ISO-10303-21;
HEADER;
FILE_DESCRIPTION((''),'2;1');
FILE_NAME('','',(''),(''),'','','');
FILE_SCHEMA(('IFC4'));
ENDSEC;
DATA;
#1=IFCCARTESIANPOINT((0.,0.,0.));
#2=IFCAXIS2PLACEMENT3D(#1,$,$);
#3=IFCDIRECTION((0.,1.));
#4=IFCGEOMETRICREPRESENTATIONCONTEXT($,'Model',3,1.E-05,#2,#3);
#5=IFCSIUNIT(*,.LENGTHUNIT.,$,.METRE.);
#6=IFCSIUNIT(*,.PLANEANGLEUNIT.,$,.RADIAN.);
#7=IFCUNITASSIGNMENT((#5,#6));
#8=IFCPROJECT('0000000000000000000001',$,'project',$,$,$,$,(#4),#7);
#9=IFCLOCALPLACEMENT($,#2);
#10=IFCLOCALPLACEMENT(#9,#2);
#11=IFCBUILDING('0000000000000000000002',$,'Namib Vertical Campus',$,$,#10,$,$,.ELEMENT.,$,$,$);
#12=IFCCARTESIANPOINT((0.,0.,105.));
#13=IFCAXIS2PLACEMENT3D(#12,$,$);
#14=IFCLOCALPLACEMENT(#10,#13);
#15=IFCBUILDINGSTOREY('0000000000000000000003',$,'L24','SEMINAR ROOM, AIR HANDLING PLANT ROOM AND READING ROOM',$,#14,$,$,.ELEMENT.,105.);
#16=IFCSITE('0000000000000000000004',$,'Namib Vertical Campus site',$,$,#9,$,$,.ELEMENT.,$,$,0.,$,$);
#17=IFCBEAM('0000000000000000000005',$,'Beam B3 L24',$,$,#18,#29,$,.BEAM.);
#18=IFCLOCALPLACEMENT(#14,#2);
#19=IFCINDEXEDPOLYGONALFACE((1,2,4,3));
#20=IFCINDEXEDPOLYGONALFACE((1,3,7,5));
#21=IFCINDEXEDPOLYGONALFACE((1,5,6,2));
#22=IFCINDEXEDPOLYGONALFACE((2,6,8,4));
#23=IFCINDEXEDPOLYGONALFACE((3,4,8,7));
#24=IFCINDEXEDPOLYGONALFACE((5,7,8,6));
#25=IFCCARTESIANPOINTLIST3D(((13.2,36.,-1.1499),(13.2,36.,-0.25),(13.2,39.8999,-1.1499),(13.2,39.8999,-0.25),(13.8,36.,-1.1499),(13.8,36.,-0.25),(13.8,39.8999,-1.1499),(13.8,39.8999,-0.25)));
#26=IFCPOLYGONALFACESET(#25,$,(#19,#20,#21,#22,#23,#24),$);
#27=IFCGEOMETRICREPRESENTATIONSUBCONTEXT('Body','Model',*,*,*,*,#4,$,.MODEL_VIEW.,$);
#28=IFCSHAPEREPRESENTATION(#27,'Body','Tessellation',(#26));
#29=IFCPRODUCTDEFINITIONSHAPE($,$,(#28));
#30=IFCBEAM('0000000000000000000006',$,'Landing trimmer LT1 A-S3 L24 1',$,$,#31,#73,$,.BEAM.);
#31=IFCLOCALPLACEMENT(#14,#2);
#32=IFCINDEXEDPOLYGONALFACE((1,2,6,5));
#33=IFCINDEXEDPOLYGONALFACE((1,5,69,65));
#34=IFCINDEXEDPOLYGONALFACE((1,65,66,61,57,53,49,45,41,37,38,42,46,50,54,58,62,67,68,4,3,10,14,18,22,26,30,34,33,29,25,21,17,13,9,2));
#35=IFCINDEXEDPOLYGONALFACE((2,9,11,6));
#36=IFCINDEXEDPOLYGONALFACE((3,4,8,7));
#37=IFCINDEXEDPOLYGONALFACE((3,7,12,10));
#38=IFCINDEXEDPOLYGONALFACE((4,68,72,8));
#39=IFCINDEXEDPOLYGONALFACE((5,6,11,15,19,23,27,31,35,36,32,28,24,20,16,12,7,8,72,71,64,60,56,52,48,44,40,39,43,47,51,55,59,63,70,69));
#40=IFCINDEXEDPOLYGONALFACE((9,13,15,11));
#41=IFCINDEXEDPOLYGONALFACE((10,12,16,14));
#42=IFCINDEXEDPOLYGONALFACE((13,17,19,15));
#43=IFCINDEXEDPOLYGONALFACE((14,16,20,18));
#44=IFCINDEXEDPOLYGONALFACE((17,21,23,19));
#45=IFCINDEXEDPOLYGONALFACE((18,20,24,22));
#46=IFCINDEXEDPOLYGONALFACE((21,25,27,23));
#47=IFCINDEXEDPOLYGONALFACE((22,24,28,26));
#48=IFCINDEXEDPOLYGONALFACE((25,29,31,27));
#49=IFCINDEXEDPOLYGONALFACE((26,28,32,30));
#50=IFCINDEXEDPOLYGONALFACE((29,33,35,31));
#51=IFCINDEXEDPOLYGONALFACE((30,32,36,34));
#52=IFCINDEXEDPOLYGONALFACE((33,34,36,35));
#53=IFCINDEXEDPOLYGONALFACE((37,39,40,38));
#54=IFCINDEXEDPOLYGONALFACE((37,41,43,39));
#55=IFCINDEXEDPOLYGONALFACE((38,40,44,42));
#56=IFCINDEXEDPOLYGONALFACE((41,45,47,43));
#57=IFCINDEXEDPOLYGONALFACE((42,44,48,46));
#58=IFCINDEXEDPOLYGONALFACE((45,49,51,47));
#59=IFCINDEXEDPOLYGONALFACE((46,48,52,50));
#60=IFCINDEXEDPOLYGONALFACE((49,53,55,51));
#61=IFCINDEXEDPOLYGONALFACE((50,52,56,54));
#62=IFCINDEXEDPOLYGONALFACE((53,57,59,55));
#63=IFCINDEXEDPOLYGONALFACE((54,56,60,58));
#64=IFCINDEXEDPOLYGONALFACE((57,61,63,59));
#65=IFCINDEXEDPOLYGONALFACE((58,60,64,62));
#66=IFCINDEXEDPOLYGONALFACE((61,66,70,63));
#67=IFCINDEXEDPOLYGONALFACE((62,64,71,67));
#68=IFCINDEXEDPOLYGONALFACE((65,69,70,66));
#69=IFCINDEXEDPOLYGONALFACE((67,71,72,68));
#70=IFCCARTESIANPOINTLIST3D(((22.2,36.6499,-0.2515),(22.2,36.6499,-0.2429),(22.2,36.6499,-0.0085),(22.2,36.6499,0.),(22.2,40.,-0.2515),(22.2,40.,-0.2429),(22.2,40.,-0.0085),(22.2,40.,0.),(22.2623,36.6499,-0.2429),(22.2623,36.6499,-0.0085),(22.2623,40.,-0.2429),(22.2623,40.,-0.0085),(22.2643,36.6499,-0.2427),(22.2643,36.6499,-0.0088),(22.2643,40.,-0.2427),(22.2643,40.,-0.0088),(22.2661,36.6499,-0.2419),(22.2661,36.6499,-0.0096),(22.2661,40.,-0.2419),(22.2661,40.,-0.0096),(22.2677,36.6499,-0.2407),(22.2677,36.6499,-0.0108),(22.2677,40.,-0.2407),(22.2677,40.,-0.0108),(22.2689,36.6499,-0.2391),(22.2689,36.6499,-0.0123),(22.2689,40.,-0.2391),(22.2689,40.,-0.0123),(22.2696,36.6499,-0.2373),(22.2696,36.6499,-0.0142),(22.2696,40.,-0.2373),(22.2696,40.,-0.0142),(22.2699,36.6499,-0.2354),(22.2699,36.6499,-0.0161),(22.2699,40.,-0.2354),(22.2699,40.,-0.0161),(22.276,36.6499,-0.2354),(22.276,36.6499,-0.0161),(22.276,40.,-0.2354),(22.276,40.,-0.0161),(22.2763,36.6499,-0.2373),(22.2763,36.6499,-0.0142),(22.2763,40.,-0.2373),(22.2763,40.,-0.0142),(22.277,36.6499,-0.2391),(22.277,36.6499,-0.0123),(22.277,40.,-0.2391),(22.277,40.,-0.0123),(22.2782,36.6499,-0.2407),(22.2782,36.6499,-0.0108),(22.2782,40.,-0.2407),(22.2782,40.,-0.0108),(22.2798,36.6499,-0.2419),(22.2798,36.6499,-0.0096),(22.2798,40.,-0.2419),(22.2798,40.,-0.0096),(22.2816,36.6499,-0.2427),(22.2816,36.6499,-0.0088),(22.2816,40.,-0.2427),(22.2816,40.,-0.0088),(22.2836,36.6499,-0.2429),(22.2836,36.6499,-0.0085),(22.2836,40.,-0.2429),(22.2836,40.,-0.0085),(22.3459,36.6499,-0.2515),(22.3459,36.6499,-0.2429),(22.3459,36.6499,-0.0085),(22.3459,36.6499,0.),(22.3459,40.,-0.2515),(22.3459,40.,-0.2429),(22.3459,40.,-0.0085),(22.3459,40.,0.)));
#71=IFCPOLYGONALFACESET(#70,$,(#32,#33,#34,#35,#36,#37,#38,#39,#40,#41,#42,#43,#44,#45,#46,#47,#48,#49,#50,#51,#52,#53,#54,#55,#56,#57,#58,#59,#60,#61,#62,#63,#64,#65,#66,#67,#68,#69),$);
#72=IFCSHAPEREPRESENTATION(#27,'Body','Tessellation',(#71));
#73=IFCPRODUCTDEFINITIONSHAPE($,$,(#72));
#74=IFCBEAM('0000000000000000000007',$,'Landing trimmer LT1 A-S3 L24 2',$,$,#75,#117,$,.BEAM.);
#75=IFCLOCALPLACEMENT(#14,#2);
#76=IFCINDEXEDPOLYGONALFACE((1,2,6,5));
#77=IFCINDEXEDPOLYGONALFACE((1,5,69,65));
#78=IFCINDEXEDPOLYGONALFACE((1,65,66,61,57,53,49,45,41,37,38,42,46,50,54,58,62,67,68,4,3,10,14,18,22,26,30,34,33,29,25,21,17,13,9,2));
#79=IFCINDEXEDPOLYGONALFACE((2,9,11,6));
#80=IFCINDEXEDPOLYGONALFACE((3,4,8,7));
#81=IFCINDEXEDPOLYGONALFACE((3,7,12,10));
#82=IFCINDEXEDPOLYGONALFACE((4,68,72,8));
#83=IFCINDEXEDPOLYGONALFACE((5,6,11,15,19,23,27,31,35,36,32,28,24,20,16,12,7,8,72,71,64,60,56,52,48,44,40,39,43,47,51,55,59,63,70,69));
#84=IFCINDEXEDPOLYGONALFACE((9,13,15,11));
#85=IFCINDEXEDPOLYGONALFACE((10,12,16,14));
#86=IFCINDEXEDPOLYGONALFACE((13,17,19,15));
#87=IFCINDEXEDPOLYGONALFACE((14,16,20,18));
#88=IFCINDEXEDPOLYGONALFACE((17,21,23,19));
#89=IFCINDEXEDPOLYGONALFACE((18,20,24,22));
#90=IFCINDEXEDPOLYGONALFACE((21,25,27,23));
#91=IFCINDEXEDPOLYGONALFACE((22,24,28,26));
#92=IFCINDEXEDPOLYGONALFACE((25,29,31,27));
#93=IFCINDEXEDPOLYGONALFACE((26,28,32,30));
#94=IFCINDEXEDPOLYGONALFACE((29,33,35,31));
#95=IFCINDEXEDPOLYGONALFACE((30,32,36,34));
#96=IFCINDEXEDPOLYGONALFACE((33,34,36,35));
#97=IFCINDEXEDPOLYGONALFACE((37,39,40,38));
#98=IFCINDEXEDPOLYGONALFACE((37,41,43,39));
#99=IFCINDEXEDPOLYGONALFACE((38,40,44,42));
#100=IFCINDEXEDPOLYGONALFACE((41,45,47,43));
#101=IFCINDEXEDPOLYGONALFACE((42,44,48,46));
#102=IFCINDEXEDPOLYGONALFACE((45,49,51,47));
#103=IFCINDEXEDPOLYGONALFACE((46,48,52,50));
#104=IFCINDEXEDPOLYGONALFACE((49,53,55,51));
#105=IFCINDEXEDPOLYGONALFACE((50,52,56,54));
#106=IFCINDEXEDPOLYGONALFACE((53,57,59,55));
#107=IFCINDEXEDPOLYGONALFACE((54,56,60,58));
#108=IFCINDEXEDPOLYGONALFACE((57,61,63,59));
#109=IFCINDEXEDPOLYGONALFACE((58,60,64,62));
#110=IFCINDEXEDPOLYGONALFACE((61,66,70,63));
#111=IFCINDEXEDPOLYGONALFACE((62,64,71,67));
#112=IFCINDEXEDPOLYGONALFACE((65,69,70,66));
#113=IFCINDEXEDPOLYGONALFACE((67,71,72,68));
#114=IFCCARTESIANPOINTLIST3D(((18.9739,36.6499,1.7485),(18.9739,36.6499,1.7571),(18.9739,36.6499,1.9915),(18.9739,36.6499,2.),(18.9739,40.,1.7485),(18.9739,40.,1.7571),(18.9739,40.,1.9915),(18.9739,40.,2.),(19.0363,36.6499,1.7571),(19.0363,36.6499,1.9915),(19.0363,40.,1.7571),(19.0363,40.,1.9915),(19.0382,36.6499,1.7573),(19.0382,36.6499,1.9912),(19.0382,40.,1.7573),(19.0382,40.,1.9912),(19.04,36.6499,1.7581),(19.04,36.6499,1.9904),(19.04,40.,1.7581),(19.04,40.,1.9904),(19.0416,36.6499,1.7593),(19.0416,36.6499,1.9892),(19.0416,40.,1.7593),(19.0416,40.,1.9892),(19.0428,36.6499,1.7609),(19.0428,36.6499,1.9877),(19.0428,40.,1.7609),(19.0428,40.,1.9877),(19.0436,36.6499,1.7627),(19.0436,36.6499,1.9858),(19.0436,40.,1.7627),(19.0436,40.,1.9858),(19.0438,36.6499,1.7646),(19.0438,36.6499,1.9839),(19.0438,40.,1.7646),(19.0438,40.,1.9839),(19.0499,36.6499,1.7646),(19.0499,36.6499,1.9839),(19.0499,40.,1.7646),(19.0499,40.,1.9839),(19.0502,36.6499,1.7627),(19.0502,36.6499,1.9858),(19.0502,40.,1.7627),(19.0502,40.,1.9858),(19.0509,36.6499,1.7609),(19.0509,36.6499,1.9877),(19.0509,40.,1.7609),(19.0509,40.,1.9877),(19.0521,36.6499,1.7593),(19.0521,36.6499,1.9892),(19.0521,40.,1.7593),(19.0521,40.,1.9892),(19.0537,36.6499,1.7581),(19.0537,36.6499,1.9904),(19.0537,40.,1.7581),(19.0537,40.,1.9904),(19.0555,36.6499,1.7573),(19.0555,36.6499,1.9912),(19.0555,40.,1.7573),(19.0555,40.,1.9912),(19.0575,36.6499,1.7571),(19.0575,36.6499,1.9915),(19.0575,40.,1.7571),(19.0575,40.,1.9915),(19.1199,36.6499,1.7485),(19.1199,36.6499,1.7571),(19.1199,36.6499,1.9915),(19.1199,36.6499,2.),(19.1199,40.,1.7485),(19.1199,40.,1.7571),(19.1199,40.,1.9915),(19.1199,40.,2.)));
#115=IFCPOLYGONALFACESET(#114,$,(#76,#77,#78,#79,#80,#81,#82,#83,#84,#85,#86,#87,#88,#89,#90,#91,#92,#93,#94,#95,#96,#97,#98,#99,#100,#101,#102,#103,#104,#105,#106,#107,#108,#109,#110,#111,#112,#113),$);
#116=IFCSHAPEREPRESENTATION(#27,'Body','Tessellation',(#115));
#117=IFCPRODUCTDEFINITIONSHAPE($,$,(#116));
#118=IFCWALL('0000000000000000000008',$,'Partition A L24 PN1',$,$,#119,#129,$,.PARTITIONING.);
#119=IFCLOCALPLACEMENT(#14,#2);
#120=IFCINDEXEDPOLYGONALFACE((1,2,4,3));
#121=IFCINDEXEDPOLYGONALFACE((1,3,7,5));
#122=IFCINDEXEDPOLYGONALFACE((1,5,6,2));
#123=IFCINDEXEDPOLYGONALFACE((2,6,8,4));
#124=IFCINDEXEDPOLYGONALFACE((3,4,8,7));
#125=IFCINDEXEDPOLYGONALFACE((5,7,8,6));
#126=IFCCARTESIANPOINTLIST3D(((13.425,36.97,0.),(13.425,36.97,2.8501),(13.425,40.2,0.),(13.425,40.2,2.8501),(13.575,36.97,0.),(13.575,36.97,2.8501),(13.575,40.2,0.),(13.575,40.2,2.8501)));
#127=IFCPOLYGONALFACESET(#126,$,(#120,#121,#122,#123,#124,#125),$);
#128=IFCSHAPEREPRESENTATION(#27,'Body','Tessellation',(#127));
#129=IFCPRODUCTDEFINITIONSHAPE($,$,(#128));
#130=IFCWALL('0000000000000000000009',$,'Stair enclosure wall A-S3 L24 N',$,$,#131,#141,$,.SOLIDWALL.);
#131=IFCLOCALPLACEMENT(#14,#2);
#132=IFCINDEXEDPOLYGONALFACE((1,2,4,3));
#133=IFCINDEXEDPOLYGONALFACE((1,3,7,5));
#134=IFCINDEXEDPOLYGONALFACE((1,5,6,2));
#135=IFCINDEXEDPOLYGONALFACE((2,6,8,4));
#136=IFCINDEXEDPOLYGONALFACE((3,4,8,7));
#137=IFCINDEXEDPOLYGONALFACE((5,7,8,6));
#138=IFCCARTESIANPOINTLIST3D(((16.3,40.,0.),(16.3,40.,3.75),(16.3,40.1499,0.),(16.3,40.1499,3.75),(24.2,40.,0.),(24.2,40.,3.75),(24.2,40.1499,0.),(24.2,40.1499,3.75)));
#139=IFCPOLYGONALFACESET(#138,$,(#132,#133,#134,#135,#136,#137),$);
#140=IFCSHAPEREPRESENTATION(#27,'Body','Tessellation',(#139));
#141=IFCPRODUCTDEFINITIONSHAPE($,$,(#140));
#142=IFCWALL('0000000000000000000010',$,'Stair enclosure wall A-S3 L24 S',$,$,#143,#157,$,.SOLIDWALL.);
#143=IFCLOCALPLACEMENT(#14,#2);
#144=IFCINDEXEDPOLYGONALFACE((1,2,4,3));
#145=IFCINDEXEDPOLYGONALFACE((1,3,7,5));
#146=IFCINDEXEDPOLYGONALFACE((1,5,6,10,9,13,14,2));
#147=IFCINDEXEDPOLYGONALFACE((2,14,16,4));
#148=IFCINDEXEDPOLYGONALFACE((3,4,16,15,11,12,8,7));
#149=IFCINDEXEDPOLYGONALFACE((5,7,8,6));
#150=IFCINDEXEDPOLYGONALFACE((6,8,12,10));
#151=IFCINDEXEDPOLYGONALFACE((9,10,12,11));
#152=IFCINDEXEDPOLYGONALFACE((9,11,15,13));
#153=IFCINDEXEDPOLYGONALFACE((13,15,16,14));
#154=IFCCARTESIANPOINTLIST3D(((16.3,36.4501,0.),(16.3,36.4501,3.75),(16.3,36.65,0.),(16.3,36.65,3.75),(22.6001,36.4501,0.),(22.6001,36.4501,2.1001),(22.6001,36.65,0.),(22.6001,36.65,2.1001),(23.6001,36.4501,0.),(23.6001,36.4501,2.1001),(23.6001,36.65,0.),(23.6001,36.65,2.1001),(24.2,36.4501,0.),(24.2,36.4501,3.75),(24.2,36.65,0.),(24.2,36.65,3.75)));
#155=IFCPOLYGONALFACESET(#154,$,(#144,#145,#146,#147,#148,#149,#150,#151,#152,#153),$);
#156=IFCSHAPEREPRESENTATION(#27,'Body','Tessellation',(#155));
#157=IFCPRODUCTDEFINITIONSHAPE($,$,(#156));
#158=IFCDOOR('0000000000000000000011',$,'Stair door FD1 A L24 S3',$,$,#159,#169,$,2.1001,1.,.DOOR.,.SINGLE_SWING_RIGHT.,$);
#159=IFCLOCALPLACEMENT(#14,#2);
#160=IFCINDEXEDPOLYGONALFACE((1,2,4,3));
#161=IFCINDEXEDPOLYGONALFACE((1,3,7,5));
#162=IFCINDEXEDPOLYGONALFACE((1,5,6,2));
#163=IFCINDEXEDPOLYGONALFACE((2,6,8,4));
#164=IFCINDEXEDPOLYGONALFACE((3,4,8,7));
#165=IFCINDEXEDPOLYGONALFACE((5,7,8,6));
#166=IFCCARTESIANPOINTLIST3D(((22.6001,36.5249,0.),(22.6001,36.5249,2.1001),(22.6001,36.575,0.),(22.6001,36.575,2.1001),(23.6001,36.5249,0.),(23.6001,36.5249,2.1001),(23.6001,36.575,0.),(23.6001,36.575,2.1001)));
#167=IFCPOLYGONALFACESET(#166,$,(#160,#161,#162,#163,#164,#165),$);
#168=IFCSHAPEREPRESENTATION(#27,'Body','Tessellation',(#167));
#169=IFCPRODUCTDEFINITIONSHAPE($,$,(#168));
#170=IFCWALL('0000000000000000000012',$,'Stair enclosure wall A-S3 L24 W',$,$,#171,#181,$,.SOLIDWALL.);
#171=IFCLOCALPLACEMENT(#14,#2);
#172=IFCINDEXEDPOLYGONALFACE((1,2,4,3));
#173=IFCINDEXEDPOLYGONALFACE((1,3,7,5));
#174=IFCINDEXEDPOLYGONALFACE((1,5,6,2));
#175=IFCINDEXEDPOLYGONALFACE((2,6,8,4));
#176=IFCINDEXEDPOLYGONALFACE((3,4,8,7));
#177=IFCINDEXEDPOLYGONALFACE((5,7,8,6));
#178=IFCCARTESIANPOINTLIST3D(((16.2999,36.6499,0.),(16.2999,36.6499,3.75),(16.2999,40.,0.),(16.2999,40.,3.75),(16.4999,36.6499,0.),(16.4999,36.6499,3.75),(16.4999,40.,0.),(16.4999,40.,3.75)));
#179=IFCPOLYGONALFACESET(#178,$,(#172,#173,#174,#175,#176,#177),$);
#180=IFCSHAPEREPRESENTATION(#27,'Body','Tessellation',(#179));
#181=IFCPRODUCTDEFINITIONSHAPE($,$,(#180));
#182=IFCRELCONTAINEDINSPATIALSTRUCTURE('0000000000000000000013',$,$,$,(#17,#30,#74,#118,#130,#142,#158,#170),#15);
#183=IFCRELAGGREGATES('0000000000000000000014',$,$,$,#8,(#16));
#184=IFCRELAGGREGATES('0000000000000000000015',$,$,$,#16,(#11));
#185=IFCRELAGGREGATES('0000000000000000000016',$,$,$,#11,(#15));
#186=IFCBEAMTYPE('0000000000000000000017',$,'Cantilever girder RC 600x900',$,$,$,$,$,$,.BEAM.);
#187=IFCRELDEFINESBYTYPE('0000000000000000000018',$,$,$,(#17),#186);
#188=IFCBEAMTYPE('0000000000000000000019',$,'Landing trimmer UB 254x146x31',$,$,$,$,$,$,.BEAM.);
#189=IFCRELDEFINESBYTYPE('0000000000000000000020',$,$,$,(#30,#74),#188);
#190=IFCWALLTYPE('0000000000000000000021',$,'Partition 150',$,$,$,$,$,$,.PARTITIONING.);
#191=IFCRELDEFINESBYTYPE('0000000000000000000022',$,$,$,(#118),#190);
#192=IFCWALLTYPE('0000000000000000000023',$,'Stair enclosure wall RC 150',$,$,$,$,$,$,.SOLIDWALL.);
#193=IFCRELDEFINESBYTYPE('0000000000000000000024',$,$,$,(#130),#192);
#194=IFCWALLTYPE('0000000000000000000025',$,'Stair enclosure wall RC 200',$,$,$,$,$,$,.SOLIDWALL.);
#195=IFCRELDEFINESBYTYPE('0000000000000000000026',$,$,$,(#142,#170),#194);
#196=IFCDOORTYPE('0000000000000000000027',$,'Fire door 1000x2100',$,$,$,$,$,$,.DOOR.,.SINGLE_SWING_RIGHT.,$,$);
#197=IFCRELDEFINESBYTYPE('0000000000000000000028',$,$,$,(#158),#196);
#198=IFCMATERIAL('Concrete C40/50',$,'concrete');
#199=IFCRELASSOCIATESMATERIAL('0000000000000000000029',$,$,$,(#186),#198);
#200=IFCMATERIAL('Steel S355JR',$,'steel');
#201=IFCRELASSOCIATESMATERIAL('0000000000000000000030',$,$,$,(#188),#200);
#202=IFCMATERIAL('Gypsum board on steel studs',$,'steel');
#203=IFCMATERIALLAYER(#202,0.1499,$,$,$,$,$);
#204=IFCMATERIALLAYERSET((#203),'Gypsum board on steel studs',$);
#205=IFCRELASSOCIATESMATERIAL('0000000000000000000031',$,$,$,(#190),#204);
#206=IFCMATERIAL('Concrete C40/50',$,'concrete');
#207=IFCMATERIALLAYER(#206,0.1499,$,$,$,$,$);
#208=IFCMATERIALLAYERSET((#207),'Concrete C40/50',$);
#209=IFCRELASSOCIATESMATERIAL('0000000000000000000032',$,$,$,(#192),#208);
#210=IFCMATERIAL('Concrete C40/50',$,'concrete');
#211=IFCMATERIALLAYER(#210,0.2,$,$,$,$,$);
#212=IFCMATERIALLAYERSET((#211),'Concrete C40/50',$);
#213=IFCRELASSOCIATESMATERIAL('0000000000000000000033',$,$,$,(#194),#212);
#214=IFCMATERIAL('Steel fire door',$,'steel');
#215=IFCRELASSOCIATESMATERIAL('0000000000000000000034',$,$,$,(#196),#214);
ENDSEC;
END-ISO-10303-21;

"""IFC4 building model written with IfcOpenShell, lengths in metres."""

from ifc_helpers import new_model, si_unit, direction, frame, frame_2d, origin, origin_2d, place, context, subcontext, project, spatial, rectangle, i_section, extrude, material, layer, layer_set, material_profile, profile_set, type_object, element, fill, save


model = new_model("IFC4")

# Units and contexts
model_context = context("Model", 3, precision=1e-05, world=origin(), true_north=direction((0.0, 1.0)))
body_context = subcontext(model_context, "Body", "Model", "MODEL_VIEW")
ifc_project = project(units=[si_unit("LENGTHUNIT", "METRE"), si_unit("PLANEANGLEUNIT", "RADIAN")], contexts=[model_context])

# Site, building, storey
site_placement = place(None, origin())
site = spatial("IfcSite", under=ifc_project, at=site_placement, Name="Namib Vertical Campus site", CompositionType="ELEMENT", RefElevation=0.0)
building_placement = place(site_placement, origin())
building = spatial("IfcBuilding", under=site, at=building_placement, Name="Namib Vertical Campus", CompositionType="ELEMENT")
storey_placement = place(building_placement, frame((0.0, 0.0, 105.0)))
storey = spatial("IfcBuildingStorey", under=building, at=storey_placement, Name="L24", Description="SEMINAR ROOM, AIR HANDLING PLANT ROOM AND READING ROOM", CompositionType="ELEMENT", Elevation=105.0)

# Beams
ifc_material_1 = material(Name="Concrete C40/50", Category="concrete")
ifc_material_profile_1 = material_profile(ifc_material_1, rectangle(XDim=0.6001, YDim=0.8999, at=origin_2d()))
ifc_profile_set_1 = profile_set([ifc_material_profile_1], Name="Concrete C40/50")
beam_type_1 = type_object("IfcBeamType", Name="Cantilever girder RC 600x900", PredefinedType="BEAM", material=ifc_profile_set_1)
beam_placement = place(storey_placement, frame((13.5, 36.0, -0.7), z_axis=(0.0, 1.0, 0.0), x_axis=(-1.0, 0.0, 0.0)))
element("IfcBeam", 1, at=beam_placement, inside=storey, type_object=beam_type_1, Name="Beam B3 L24", PredefinedType="BEAM", context=body_context, shape_type="SweptSolid", body=[
    extrude(rectangle(XDim=0.6001, YDim=0.8999, at=origin_2d()), origin(), (0.0, 0.0, 1.0), 3.8999),
])
ifc_material_2 = material(Name="Steel S355JR", Category="steel")
ifc_material_profile_2 = material_profile(ifc_material_2, i_section(OverallWidth=0.146, OverallDepth=0.2515, WebThickness=0.0061, FlangeThickness=0.0085, FilletRadius=0.0076, at=origin_2d()))
ifc_profile_set_2 = profile_set([ifc_material_profile_2], Name="Steel S355JR")
beam_type_2 = type_object("IfcBeamType", Name="Landing trimmer UB 254x146x31", PredefinedType="BEAM", material=ifc_profile_set_2)
for number, where, z_axis, x_axis, name in (
    (2, (22.2729, 36.6499, -0.1257), (0.0, 1.0, 0.0), (-1.0, 0.0, 0.0), "Landing trimmer LT1 A-S3 L24 1"),
    (3, (19.0469, 36.6499, 1.8743), (0.0, 1.0, 0.0), (-1.0, 0.0, 0.0), "Landing trimmer LT1 A-S3 L24 2"),
):
    element("IfcBeam", number, at=place(storey_placement, frame(where, z_axis=z_axis, x_axis=x_axis)), inside=storey, type_object=beam_type_2, Name=name, PredefinedType="BEAM", context=body_context, shape_type="SweptSolid", body=[
        extrude(i_section(OverallWidth=0.146, OverallDepth=0.2515, WebThickness=0.0061, FlangeThickness=0.0085, FilletRadius=0.0076, at=origin_2d()), origin(), (0.0, 0.0, 1.0), 3.3501),
    ])

# Walls
ifc_material_3 = material(Name="Gypsum board on steel studs", Category="steel")
ifc_layer_1 = layer(ifc_material_3, 0.1499)
ifc_layer_set_1 = layer_set([ifc_layer_1], Name="Gypsum board on steel studs")
wall_type_1 = type_object("IfcWallType", Name="Partition 150", PredefinedType="PARTITIONING", material=ifc_layer_set_1)
wall_1_placement = place(storey_placement, frame((13.5, 36.97, 0.0), z_axis=(0.0, 0.0, 1.0), x_axis=(0.0, 1.0, 0.0)))
element("IfcWall", 4, at=wall_1_placement, inside=storey, type_object=wall_type_1, Name="Partition A L24 PN1", PredefinedType="PARTITIONING", context=body_context, shape_type="SweptSolid", body=[
    extrude(rectangle(XDim=3.23, YDim=0.1499, at=frame_2d((1.615, 0.0))), origin(), (0.0, 0.0, 1.0), 2.8501),
])
ifc_material_4 = material(Name="Concrete C40/50", Category="concrete")
ifc_layer_2 = layer(ifc_material_4, 0.1499)
ifc_layer_set_2 = layer_set([ifc_layer_2], Name="Concrete C40/50")
wall_type_2 = type_object("IfcWallType", Name="Stair enclosure wall RC 150", PredefinedType="SOLIDWALL", material=ifc_layer_set_2)
wall_2_placement = place(storey_placement, frame((16.3, 40.075, 0.0), z_axis=(0.0, 0.0, 1.0), x_axis=(1.0, 0.0, 0.0)))
element("IfcWall", 5, at=wall_2_placement, inside=storey, type_object=wall_type_2, Name="Stair enclosure wall A-S3 L24 N", PredefinedType="SOLIDWALL", context=body_context, shape_type="SweptSolid", body=[
    extrude(rectangle(XDim=7.8999, YDim=0.1499, at=frame_2d((3.95, 0.0))), origin(), (0.0, 0.0, 1.0), 3.75),
])

# Wall, opening, door
ifc_material_5 = material(Name="Concrete C40/50", Category="concrete")
ifc_layer_3 = layer(ifc_material_5, 0.2)
ifc_layer_set_3 = layer_set([ifc_layer_3], Name="Concrete C40/50")
wall_type_3 = type_object("IfcWallType", Name="Stair enclosure wall RC 200", PredefinedType="SOLIDWALL", material=ifc_layer_set_3)
wall_3_placement = place(storey_placement, frame((16.3, 36.55, 0.0), z_axis=(0.0, 0.0, 1.0), x_axis=(1.0, 0.0, 0.0)))
wall_3 = element("IfcWall", 6, at=wall_3_placement, inside=storey, type_object=wall_type_3, Name="Stair enclosure wall A-S3 L24 S", PredefinedType="SOLIDWALL", context=body_context, shape_type="SweptSolid", body=[
    extrude(rectangle(XDim=7.8999, YDim=0.2, at=frame_2d((3.95, 0.0))), origin(), (0.0, 0.0, 1.0), 3.75),
])
opening_placement = place(wall_3_placement, frame((6.3, 0.0, 0.0)))
opening = element("IfcOpeningElement", 7, at=opening_placement, cuts=wall_3, PredefinedType="OPENING", context=body_context, shape_type="SweptSolid", body=[
    extrude(rectangle(XDim=1.0, YDim=2.1001, at=frame_2d((0.5, 1.05))), frame((0.0, 0.1099, 0.0), z_axis=(0.0, -1.0, 0.0), x_axis=(1.0, 0.0, 0.0)), (0.0, 0.0, 1.0), 0.22),
])
ifc_material_6 = material(Name="Steel fire door", Category="steel")
door_type = type_object("IfcDoorType", Name="Fire door 1000x2100", OperationType="SINGLE_SWING_RIGHT", PredefinedType="DOOR", material=ifc_material_6)
door_placement = place(opening_placement, origin())
door = element("IfcDoor", 8, at=door_placement, inside=storey, type_object=door_type, Name="Stair door FD1 A L24 S3", OperationType="SINGLE_SWING_RIGHT", OverallHeight=2.1001, OverallWidth=1.0, PredefinedType="DOOR", context=body_context, shape_type="SweptSolid", body=[
    extrude(rectangle(XDim=1.0, YDim=2.1001, at=frame_2d((0.5, 1.05))), frame((0.0, 0.0249, 0.0), z_axis=(0.0, -1.0, 0.0), x_axis=(1.0, 0.0, 0.0)), (0.0, 0.0, 1.0), 0.05),
])
fill(opening, door)

# Wall
wall_4_placement = place(storey_placement, frame((16.3999, 36.6499, 0.0), z_axis=(0.0, 0.0, 1.0), x_axis=(0.0, 1.0, 0.0)))
element("IfcWall", 9, at=wall_4_placement, inside=storey, type_object=wall_type_3, Name="Stair enclosure wall A-S3 L24 W", PredefinedType="SOLIDWALL", context=body_context, shape_type="SweptSolid", body=[
    extrude(rectangle(XDim=3.3501, YDim=0.2, at=frame_2d((1.675, 0.0))), origin(), (0.0, 0.0, 1.0), 3.75),
])

save(model, "model.ifc")
